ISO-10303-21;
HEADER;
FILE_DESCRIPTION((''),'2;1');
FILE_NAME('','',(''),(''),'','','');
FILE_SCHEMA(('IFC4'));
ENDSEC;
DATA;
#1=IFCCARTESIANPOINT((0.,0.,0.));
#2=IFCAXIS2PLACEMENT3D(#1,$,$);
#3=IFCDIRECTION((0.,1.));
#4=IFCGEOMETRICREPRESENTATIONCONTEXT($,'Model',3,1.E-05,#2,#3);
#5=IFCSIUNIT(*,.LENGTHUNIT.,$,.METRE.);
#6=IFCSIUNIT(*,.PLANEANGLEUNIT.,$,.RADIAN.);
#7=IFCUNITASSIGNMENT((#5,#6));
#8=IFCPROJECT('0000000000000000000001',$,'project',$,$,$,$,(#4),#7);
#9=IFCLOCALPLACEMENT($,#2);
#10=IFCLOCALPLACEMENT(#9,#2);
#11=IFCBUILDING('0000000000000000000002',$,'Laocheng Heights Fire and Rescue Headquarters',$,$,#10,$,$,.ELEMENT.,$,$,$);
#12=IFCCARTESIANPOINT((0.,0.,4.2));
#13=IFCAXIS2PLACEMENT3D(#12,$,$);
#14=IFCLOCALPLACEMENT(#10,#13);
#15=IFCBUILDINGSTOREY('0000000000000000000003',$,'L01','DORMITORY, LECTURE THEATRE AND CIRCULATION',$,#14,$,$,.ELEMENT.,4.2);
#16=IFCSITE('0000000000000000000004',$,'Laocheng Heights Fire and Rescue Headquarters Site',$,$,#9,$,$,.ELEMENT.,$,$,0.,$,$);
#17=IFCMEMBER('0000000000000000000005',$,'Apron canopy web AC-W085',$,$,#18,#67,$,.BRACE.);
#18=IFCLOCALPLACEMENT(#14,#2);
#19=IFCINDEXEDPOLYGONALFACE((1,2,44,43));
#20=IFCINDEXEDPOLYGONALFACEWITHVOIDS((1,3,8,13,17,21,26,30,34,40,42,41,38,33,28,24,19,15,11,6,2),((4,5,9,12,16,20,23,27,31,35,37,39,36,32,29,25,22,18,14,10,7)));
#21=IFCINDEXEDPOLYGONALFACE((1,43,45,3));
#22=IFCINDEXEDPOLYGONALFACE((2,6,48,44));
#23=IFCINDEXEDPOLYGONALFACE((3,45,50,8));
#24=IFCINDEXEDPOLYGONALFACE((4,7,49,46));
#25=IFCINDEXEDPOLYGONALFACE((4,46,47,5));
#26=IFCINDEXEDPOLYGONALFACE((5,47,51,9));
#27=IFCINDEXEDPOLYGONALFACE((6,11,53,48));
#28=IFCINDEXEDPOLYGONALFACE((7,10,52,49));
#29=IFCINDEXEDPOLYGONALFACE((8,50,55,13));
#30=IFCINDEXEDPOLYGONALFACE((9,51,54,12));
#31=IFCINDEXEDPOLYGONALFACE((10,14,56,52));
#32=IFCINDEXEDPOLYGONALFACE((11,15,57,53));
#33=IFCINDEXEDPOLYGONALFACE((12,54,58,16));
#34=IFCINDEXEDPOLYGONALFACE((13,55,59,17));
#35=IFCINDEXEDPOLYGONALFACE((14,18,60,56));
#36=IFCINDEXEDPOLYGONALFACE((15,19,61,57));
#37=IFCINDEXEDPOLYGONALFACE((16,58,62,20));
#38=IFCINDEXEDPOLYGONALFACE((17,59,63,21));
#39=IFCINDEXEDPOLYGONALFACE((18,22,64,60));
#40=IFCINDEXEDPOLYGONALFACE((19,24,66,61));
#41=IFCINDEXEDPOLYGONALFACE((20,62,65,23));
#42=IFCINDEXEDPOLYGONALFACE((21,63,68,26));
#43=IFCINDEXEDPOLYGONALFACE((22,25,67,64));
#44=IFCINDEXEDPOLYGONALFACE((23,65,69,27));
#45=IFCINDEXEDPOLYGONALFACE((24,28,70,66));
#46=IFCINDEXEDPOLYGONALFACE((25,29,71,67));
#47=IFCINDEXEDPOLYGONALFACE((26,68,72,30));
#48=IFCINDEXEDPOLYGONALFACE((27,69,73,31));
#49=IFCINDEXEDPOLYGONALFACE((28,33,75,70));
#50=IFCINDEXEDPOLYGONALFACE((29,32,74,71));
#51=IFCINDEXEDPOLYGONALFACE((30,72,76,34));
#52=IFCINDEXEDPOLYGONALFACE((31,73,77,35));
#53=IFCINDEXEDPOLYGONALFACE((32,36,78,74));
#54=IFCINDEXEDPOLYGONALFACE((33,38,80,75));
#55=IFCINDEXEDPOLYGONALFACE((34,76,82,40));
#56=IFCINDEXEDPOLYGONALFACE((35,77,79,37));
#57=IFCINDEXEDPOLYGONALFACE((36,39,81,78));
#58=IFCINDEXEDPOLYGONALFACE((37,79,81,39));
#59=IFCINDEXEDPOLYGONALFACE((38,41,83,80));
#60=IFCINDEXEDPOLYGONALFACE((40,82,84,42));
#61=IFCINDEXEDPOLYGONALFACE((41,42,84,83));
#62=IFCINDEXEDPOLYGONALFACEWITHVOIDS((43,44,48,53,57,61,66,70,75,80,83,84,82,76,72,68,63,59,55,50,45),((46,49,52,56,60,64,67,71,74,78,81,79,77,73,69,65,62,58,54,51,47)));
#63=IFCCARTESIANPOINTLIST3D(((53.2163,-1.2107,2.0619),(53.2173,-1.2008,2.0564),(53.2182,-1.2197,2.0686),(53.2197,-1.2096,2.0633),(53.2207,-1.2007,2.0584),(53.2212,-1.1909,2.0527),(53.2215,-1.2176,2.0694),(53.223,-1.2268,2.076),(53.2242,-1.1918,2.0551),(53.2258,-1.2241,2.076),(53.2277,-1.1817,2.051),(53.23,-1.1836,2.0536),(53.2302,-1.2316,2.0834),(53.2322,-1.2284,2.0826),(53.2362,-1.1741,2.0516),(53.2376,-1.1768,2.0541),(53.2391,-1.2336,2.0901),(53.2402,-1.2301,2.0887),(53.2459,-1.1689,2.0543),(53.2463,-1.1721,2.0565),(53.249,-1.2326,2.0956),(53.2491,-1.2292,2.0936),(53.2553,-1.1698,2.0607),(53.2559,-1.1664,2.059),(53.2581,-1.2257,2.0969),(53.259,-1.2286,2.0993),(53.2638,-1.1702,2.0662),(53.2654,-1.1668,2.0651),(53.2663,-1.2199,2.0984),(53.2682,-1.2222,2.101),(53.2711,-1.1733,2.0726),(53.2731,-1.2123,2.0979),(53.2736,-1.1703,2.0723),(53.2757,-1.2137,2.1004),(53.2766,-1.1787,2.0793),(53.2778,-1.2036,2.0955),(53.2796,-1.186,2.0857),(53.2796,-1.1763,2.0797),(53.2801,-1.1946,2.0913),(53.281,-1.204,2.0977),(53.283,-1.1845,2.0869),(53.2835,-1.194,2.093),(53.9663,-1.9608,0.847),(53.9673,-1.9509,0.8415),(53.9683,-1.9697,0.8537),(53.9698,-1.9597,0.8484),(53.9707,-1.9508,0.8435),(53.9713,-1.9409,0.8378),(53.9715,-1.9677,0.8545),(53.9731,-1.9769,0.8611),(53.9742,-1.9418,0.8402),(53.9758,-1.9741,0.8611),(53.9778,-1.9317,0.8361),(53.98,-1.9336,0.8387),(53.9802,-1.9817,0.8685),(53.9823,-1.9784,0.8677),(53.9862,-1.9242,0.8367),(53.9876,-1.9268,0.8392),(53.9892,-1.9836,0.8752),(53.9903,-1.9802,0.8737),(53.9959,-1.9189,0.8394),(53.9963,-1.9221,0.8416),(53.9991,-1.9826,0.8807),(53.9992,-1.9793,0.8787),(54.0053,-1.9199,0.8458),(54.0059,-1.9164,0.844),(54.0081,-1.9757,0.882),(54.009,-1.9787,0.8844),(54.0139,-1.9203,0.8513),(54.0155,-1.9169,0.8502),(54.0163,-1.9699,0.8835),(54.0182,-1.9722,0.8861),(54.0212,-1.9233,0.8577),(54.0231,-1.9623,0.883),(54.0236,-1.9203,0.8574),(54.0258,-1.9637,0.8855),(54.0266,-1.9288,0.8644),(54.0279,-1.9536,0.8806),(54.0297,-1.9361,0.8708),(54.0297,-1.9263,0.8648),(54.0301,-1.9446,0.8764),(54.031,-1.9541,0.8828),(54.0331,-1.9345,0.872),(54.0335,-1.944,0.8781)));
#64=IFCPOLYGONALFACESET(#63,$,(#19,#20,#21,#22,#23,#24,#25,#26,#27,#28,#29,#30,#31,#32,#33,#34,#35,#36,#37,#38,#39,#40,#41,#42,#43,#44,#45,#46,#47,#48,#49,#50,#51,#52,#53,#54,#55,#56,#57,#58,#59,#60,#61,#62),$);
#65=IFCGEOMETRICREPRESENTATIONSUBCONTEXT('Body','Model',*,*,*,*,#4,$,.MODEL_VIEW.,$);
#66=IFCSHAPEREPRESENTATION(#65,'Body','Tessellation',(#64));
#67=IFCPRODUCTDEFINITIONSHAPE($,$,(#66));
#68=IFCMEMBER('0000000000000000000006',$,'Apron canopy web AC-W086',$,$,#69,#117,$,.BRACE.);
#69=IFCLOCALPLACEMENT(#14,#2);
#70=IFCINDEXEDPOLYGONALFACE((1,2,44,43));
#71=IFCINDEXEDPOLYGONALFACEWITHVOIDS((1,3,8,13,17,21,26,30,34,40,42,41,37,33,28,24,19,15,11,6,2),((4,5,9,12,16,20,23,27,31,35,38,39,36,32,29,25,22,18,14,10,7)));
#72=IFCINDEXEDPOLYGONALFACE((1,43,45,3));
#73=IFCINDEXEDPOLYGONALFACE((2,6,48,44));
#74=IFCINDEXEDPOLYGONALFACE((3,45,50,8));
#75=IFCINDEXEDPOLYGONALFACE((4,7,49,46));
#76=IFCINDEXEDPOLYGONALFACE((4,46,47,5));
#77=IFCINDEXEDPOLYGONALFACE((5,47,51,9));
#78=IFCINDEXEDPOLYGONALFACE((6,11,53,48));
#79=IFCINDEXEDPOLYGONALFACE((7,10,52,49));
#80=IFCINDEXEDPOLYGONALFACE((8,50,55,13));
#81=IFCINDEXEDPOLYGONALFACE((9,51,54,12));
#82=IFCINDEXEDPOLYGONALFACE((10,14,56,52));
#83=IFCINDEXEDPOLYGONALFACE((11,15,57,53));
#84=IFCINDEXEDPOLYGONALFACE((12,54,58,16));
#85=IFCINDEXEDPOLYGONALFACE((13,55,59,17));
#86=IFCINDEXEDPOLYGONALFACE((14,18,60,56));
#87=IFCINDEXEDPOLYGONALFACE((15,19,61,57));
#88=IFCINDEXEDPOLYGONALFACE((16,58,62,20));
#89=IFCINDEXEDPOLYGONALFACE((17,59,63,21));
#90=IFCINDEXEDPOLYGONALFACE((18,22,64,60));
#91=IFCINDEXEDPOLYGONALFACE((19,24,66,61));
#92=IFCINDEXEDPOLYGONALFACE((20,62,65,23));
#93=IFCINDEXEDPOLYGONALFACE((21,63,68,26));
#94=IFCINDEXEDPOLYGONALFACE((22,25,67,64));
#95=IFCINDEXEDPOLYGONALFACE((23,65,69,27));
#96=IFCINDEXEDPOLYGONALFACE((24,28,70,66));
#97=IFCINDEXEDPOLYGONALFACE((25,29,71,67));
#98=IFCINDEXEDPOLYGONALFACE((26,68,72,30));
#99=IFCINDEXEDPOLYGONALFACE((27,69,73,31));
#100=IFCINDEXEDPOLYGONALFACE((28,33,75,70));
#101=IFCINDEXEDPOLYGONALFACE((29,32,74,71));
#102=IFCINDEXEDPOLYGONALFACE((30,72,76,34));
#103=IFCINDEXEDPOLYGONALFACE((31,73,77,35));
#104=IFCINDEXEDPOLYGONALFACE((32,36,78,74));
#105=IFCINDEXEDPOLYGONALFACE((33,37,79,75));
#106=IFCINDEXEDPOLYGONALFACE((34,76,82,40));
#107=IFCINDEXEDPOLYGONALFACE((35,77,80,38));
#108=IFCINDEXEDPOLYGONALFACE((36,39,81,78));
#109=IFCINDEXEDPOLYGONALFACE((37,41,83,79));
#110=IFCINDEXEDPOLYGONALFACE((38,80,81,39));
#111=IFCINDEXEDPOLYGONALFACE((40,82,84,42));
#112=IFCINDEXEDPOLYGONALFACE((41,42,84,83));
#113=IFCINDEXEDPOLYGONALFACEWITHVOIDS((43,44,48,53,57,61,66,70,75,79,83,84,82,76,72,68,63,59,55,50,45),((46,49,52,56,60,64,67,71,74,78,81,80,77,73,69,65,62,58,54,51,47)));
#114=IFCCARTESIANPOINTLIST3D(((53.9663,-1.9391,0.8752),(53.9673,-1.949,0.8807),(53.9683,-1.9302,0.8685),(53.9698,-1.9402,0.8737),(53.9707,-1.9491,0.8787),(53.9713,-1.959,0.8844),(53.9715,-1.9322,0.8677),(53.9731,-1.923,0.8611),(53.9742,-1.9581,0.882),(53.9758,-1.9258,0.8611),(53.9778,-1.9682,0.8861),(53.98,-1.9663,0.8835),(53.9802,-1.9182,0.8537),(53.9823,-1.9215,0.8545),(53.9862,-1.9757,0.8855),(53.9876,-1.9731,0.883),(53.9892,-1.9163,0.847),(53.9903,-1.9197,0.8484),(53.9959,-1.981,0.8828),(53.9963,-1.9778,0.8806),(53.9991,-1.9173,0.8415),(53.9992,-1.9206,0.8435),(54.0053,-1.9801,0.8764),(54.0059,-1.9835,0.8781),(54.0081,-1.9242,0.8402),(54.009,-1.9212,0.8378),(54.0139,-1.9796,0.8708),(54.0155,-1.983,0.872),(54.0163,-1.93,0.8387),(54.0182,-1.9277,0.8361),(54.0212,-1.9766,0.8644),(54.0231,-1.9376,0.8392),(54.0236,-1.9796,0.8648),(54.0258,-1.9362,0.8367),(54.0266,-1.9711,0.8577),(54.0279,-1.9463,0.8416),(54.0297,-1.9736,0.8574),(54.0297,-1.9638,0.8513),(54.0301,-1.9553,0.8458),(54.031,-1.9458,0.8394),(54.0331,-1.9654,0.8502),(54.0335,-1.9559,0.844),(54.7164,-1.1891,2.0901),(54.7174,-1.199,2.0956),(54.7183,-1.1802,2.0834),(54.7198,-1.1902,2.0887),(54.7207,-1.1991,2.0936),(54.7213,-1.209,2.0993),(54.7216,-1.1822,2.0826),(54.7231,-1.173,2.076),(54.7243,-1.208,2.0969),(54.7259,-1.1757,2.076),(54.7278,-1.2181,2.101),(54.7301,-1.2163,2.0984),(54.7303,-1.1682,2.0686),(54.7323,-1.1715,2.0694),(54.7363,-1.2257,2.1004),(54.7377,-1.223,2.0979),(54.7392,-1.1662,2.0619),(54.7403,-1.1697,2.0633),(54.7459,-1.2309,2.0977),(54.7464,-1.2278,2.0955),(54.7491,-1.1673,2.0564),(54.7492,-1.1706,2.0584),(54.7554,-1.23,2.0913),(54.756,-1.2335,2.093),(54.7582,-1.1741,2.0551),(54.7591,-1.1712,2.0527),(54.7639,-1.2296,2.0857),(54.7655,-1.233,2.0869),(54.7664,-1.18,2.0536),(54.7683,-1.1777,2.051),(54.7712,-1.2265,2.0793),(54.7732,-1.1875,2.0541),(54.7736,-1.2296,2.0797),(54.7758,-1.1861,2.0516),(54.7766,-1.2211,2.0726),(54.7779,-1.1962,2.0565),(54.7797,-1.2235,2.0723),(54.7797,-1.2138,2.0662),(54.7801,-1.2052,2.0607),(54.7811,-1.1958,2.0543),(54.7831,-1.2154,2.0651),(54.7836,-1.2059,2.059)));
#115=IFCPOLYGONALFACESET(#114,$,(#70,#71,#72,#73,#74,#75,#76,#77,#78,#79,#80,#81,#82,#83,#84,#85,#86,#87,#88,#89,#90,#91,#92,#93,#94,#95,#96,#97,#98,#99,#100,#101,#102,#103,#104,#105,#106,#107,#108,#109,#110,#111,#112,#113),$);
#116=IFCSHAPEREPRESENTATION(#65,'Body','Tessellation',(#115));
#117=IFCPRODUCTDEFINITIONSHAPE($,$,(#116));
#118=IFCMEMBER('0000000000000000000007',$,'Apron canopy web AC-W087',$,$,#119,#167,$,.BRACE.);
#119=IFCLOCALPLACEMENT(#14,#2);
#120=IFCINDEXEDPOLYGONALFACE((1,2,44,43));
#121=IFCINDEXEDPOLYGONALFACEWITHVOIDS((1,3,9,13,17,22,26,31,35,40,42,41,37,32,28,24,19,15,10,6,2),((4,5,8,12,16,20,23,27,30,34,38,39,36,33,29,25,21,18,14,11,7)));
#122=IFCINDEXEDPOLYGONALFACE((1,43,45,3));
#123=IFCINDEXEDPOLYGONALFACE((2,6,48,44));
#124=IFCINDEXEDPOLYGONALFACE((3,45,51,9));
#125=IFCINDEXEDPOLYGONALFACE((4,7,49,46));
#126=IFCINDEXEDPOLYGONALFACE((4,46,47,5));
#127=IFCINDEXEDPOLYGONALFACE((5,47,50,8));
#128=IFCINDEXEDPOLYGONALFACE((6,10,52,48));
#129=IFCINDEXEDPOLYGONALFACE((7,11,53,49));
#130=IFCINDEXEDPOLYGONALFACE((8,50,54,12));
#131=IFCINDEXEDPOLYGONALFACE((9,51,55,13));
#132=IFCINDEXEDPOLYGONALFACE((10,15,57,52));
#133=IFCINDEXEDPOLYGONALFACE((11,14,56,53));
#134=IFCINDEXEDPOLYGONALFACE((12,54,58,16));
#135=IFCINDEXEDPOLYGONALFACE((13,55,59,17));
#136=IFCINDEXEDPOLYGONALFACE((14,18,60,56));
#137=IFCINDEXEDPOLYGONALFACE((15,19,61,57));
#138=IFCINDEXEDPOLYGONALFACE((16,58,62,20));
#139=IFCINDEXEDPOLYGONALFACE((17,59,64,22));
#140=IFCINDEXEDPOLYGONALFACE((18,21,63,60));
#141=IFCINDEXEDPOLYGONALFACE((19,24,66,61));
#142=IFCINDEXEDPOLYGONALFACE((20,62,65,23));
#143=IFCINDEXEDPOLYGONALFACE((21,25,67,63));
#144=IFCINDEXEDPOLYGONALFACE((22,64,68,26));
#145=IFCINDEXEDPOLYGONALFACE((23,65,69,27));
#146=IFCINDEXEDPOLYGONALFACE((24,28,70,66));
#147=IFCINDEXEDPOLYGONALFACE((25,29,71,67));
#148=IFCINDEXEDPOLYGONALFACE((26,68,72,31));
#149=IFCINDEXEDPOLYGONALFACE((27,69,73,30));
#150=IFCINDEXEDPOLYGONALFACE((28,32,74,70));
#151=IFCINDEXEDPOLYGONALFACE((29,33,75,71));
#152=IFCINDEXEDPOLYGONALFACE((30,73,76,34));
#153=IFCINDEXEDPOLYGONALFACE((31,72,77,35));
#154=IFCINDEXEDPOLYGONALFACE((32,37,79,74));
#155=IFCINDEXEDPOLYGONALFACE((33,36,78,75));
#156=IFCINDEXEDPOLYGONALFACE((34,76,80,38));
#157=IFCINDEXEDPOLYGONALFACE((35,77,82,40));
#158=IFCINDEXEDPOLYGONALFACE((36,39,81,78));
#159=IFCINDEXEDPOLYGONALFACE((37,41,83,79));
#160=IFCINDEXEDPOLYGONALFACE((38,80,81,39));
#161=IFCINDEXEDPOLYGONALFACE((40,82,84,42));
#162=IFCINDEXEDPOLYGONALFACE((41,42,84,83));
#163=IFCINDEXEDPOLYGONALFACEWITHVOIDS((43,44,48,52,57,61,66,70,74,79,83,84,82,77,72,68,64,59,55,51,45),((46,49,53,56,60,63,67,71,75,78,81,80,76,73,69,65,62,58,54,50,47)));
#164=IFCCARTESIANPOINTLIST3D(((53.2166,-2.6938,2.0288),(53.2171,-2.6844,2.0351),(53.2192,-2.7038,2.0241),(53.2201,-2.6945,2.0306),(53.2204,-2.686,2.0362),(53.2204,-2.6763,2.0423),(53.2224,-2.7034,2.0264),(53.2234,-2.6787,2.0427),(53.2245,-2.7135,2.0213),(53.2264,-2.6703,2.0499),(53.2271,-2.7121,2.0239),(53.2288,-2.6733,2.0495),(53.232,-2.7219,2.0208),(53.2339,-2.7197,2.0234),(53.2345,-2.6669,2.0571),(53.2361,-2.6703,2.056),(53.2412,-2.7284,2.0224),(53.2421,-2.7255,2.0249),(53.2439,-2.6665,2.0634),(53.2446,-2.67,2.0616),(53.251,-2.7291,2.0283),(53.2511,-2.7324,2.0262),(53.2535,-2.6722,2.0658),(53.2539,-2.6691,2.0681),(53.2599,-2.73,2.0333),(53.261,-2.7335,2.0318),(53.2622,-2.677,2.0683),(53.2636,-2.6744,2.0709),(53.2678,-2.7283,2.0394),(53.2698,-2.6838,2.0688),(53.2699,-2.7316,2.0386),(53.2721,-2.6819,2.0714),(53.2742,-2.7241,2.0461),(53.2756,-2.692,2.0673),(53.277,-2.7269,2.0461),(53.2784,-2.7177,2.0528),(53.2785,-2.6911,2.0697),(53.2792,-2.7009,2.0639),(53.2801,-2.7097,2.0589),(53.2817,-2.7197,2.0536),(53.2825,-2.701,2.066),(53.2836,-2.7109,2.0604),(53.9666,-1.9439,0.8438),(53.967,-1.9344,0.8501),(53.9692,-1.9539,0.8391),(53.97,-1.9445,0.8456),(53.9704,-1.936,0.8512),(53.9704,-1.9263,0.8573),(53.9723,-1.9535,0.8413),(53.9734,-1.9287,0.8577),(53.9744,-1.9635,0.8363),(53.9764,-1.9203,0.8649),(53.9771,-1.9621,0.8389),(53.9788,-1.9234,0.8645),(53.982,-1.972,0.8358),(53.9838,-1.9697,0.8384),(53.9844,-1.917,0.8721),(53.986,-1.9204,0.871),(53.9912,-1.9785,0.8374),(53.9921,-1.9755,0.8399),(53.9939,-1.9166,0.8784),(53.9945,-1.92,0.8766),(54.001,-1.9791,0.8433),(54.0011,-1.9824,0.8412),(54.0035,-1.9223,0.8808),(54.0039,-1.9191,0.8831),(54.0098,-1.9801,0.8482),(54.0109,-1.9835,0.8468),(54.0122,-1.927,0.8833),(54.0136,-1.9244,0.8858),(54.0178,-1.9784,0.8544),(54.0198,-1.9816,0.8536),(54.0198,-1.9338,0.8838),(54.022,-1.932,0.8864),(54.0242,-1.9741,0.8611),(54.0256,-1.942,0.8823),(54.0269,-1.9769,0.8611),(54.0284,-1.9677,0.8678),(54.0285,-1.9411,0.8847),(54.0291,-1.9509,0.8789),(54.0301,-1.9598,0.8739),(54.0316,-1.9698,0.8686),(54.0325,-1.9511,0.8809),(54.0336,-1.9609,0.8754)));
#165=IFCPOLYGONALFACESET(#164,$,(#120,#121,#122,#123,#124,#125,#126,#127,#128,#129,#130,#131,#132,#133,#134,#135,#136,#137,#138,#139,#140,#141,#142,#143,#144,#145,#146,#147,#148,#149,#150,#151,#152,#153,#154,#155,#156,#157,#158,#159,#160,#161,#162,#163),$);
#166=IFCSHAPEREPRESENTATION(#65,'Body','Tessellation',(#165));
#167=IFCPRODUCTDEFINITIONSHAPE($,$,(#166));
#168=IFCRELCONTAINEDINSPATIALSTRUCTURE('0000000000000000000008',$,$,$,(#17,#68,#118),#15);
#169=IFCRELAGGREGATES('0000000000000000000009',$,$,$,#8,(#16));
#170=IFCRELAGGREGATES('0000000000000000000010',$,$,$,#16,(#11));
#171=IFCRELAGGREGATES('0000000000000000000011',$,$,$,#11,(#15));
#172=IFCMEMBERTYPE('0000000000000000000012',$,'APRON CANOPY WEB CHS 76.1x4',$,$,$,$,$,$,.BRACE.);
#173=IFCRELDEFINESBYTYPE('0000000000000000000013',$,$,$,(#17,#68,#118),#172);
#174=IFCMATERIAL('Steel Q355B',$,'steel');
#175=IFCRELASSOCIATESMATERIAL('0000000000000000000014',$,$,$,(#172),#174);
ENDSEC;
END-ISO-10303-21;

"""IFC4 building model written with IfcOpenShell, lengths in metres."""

from ifc_helpers import new_model, si_unit, direction, frame, origin, origin_2d, place, context, subcontext, project, spatial, hollow_circle, extrude, material, material_profile, profile_set, type_object, element, save


model = new_model("IFC4")

# Units and contexts
model_context = context("Model", 3, precision=1e-05, world=origin(), true_north=direction((0.0, 1.0)))
body_context = subcontext(model_context, "Body", "Model", "MODEL_VIEW")
ifc_project = project(units=[si_unit("LENGTHUNIT", "METRE"), si_unit("PLANEANGLEUNIT", "RADIAN")], contexts=[model_context])

# Site, building, storey
site_placement = place(None, origin())
site = spatial("IfcSite", under=ifc_project, at=site_placement, Name="Laocheng Heights Fire and Rescue Headquarters Site", CompositionType="ELEMENT", RefElevation=0.0)
building_placement = place(site_placement, origin())
building = spatial("IfcBuilding", under=site, at=building_placement, Name="Laocheng Heights Fire and Rescue Headquarters", CompositionType="ELEMENT")
storey_placement = place(building_placement, frame((0.0, 0.0, 4.2)))
storey = spatial("IfcBuildingStorey", under=building, at=storey_placement, Name="L01", Description="DORMITORY, LECTURE THEATRE AND CIRCULATION", CompositionType="ELEMENT", Elevation=4.2)

# Members
ifc_material_1 = material(Name="Steel Q355B", Category="steel")
ifc_material_profile_1 = material_profile(ifc_material_1, hollow_circle(Radius=0.0381, WallThickness=0.0039, at=origin_2d()), Name="CHS 76.1x4")
ifc_profile_set_1 = profile_set([ifc_material_profile_1], Name="Steel Q355B")
member_type_1 = type_object("IfcMemberType", Name="APRON CANOPY WEB CHS 76.1x4", PredefinedType="BRACE", material=ifc_profile_set_1)
for number, where, z_axis, x_axis, name in (
    (1, (54.0, -1.95, 0.8611), (-0.465055, 0.465055, 0.753292), (-0.707107, -0.707107, 0.0), "Apron canopy web AC-W085"),
    (2, (54.0, -1.95, 0.8611), (0.465055, 0.465055, 0.753292), (-0.707107, 0.707107, 0.0), "Apron canopy web AC-W086"),
):
    element("IfcMember", number, at=place(storey_placement, frame(where, z_axis=z_axis, x_axis=x_axis)), inside=storey, type_object=member_type_1, Name=name, PredefinedType="BRACE", context=body_context, shape_type="SweptSolid", body=[
        extrude(hollow_circle(Radius=0.0381, WallThickness=0.0039, at=origin_2d()), origin(), (0.0, 0.0, 1.0), 1.6128),
    ])
for number, where, z_axis, x_axis, name in (
    (3, (54.0, -1.95, 0.8611), (-0.47158, -0.47158, 0.745134), (0.707107, -0.707107, 0.0), "Apron canopy web AC-W087"),
):
    element("IfcMember", number, at=place(storey_placement, frame(where, z_axis=z_axis, x_axis=x_axis)), inside=storey, type_object=member_type_1, Name=name, PredefinedType="BRACE", context=body_context, shape_type="SweptSolid", body=[
        extrude(hollow_circle(Radius=0.0381, WallThickness=0.0039, at=origin_2d()), origin(), (0.0, 0.0, 1.0), 1.5903),
    ])

save(model, "model.ifc")
